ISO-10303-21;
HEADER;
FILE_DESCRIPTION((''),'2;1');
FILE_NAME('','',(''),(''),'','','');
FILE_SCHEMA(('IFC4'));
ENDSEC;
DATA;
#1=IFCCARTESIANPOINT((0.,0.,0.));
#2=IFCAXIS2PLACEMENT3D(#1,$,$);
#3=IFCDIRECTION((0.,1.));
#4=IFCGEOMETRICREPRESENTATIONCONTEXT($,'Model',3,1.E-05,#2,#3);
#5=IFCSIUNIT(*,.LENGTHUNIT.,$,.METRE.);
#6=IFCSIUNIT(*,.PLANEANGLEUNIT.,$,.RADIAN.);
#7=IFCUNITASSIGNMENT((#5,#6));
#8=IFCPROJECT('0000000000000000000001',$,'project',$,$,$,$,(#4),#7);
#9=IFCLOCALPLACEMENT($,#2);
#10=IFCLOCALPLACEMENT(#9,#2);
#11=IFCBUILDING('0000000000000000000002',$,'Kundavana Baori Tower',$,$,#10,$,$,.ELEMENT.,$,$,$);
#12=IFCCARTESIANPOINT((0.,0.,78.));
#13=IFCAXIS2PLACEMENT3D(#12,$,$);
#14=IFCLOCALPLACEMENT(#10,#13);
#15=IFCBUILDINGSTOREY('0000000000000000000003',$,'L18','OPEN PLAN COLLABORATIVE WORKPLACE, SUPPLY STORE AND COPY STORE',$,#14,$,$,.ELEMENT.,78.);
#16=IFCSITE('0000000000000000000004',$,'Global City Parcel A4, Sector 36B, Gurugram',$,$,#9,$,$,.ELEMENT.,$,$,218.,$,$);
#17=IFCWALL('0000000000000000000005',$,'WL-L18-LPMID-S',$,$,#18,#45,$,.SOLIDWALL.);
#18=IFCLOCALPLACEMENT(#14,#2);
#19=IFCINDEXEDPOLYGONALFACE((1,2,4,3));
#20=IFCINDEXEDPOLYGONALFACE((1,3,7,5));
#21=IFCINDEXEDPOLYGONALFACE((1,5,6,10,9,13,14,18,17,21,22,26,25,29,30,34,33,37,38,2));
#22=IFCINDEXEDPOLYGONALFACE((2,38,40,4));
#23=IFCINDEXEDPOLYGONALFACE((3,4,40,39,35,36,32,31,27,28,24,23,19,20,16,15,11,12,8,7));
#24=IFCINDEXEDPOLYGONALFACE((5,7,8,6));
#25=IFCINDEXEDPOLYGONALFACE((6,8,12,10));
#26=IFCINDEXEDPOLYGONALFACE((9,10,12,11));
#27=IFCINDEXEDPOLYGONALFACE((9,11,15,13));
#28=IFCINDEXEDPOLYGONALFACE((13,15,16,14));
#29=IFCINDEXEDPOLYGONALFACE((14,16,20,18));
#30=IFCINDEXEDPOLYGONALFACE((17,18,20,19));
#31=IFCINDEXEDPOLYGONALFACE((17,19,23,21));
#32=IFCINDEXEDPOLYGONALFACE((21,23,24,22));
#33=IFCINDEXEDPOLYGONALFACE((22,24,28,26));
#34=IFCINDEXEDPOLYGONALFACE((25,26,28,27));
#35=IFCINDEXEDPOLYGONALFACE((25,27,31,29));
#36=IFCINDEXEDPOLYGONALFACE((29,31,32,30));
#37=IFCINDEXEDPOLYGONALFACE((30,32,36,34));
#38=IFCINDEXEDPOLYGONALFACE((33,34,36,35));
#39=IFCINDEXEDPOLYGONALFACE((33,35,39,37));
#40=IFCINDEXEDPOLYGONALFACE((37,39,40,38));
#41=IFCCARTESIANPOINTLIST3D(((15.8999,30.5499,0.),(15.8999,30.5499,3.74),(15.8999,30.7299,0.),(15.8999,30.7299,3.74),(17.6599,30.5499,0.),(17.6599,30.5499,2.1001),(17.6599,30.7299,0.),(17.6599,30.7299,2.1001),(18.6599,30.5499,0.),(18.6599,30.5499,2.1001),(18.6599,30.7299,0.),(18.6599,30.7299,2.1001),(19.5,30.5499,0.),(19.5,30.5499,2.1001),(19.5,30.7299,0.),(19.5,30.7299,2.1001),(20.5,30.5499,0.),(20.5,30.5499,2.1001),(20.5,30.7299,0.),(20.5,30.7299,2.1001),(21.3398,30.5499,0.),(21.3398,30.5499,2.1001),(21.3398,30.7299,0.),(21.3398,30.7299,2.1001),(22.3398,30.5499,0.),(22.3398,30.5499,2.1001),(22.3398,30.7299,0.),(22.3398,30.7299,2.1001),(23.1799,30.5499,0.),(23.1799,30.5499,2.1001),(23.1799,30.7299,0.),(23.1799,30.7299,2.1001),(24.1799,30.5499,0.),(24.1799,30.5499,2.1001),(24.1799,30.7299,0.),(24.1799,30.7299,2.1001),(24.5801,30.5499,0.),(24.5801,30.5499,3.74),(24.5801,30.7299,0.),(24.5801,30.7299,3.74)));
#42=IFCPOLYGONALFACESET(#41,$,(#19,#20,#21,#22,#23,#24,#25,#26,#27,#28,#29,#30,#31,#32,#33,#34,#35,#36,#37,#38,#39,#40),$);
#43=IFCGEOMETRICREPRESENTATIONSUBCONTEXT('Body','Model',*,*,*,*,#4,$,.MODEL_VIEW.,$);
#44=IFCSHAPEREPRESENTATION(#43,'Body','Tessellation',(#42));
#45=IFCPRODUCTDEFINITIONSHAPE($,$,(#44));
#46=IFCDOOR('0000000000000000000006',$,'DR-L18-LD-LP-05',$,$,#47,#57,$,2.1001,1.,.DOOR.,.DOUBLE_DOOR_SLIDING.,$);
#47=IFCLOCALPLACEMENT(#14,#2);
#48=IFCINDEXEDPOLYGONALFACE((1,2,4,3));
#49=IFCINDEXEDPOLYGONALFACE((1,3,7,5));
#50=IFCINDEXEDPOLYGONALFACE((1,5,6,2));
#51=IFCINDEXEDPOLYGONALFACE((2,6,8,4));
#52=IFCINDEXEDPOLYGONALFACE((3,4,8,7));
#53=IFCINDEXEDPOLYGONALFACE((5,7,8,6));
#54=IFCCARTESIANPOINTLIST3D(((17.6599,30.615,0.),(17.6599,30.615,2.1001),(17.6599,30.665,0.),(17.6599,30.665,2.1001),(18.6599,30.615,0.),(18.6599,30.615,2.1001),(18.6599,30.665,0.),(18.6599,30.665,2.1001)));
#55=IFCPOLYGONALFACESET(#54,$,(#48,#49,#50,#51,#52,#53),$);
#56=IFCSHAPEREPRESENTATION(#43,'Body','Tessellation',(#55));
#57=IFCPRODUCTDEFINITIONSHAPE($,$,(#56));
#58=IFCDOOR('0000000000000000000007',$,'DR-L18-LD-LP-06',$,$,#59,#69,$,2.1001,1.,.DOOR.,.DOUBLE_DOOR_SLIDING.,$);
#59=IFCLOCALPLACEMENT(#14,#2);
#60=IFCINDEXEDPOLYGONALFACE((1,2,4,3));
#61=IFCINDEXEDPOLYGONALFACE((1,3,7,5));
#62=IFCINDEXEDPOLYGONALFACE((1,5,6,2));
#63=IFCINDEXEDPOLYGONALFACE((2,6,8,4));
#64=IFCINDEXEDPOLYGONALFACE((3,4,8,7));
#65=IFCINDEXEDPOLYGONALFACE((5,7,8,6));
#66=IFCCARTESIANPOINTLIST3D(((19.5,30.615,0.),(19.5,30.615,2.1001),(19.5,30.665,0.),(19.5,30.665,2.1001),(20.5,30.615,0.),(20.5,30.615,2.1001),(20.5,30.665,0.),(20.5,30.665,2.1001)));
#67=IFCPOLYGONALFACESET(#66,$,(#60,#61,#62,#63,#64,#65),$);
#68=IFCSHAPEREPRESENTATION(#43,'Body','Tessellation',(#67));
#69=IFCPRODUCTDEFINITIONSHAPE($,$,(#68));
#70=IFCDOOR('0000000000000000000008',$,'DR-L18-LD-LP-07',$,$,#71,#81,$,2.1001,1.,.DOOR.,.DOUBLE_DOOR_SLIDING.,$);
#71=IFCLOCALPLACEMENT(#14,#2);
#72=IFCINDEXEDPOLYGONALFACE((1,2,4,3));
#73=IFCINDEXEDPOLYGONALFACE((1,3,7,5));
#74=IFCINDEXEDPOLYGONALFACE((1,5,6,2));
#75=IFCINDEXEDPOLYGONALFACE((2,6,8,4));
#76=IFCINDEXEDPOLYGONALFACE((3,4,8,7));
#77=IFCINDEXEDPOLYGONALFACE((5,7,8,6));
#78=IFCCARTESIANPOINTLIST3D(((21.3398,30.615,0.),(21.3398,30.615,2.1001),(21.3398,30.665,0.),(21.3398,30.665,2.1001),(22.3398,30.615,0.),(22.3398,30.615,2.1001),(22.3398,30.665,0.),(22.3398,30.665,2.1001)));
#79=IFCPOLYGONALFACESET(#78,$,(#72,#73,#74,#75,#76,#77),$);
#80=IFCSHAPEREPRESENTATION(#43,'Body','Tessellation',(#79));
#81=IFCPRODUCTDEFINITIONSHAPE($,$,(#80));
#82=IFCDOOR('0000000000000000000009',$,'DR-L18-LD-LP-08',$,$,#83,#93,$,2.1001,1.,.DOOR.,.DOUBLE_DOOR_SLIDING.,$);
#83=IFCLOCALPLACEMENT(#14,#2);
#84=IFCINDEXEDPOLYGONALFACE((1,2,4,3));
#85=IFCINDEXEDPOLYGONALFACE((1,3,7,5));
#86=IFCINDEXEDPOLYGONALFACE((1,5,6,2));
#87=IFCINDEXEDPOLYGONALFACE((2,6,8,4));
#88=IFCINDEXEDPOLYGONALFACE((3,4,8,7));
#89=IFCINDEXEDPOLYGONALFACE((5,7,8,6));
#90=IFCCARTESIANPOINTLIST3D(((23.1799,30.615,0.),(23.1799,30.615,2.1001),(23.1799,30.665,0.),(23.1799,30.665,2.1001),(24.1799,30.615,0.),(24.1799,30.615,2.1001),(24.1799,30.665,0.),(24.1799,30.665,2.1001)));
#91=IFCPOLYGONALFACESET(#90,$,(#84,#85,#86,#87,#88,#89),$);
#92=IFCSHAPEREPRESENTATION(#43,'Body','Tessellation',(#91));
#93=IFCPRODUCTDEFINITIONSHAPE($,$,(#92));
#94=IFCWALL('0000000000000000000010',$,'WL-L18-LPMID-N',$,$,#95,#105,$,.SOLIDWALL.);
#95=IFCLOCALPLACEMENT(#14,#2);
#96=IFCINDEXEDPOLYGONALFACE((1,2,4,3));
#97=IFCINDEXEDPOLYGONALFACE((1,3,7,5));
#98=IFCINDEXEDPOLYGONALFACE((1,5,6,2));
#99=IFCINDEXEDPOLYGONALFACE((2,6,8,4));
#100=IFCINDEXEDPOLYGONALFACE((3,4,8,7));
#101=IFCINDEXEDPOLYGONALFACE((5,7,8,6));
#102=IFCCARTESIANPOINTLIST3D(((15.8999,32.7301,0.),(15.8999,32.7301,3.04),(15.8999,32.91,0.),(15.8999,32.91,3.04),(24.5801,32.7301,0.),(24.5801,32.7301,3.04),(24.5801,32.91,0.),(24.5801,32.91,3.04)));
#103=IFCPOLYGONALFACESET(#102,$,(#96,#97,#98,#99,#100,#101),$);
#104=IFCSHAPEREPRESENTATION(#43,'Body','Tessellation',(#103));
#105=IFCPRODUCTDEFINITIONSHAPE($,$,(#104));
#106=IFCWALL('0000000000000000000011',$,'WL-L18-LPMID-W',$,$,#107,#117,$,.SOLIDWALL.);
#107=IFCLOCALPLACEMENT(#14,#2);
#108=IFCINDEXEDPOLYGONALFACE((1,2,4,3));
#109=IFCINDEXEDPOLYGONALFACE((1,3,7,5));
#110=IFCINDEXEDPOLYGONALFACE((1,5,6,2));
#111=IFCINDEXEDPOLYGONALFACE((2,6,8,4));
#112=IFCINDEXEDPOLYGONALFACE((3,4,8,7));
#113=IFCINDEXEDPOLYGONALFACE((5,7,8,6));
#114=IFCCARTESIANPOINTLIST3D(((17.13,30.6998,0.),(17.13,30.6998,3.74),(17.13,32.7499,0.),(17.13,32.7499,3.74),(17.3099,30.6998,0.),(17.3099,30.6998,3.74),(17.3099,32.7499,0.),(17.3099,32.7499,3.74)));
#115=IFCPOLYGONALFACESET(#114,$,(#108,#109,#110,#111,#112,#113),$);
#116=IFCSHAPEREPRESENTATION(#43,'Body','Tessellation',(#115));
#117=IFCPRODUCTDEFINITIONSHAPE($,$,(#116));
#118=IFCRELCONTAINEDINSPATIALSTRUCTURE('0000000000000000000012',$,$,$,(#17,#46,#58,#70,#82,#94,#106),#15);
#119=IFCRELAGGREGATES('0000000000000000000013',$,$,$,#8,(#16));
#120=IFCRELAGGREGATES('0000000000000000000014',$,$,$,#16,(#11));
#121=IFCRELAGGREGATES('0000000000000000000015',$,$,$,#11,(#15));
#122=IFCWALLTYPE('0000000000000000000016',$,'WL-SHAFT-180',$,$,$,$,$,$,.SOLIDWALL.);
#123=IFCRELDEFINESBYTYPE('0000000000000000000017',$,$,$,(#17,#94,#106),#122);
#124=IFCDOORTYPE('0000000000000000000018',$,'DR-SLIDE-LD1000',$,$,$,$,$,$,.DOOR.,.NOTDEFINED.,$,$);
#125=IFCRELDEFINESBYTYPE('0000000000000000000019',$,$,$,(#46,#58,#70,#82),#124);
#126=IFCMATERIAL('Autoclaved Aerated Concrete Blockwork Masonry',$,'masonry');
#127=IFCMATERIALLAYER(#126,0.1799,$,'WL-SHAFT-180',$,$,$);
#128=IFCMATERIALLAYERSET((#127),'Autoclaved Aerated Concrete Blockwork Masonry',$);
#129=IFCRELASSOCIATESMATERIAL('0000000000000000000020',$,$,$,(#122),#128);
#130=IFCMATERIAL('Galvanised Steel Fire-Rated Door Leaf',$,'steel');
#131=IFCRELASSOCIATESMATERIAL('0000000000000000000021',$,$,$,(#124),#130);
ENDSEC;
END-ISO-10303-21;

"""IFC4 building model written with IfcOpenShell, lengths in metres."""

from ifc_helpers import new_model, si_unit, direction, frame, frame_2d, origin, place, context, subcontext, project, spatial, rectangle, extrude, material, layer, layer_set, type_object, element, fill, save


model = new_model("IFC4")

# Units and contexts
model_context = context("Model", 3, precision=1e-05, world=origin(), true_north=direction((0.0, 1.0)))
body_context = subcontext(model_context, "Body", "Model", "MODEL_VIEW")
ifc_project = project(units=[si_unit("LENGTHUNIT", "METRE"), si_unit("PLANEANGLEUNIT", "RADIAN")], contexts=[model_context])

# Site, building, storey
site_placement = place(None, origin())
site = spatial("IfcSite", under=ifc_project, at=site_placement, Name="Global City Parcel A4, Sector 36B, Gurugram", CompositionType="ELEMENT", RefElevation=218.0)
building_placement = place(site_placement, origin())
building = spatial("IfcBuilding", under=site, at=building_placement, Name="Kundavana Baori Tower", CompositionType="ELEMENT")
storey_placement = place(building_placement, frame((0.0, 0.0, 78.0)))
storey = spatial("IfcBuildingStorey", under=building, at=storey_placement, Name="L18", Description="OPEN PLAN COLLABORATIVE WORKPLACE, SUPPLY STORE AND COPY STORE", CompositionType="ELEMENT", Elevation=78.0)

# Shared definitions
ifc_material_1 = material(Name="Autoclaved Aerated Concrete Blockwork Masonry", Category="masonry")
ifc_layer_1 = layer(ifc_material_1, 0.1799, Name="WL-SHAFT-180")
ifc_layer_set_1 = layer_set([ifc_layer_1], Name="Autoclaved Aerated Concrete Blockwork Masonry")
wall_type_1 = type_object("IfcWallType", Name="WL-SHAFT-180", PredefinedType="SOLIDWALL", material=ifc_layer_set_1)
ifc_material_2 = material(Name="Galvanised Steel Fire-Rated Door Leaf", Category="steel")
door_type_1 = type_object("IfcDoorType", Name="DR-SLIDE-LD1000", OperationType="NOTDEFINED", PredefinedType="DOOR", material=ifc_material_2)

# Wall, openings, doors
wall_1_placement = place(storey_placement, frame((15.8999, 30.6399, 0.0), z_axis=(0.0, 0.0, 1.0), x_axis=(1.0, 0.0, 0.0)))
wall_1 = element("IfcWall", 1, at=wall_1_placement, inside=storey, type_object=wall_type_1, Name="WL-L18-LPMID-S", PredefinedType="SOLIDWALL", context=body_context, shape_type="SweptSolid", body=[
    extrude(rectangle(XDim=8.6802, YDim=0.1799, at=frame_2d((4.3401, 0.0))), origin(), (0.0, 0.0, 1.0), 3.74),
])
opening_1_placement = place(wall_1_placement, frame((1.76, 0.0, 0.0)))
opening_1 = element("IfcOpeningElement", 2, at=opening_1_placement, cuts=wall_1, PredefinedType="OPENING", context=body_context, shape_type="SweptSolid", body=[
    extrude(rectangle(XDim=1.0, YDim=2.1001, at=frame_2d((0.5, 1.05))), frame((0.0, 0.1001, 0.0), z_axis=(0.0, -1.0, 0.0), x_axis=(1.0, 0.0, 0.0)), (0.0, 0.0, 1.0), 0.2),
])
opening_2_placement = place(wall_1_placement, frame((3.6001, 0.0, 0.0)))
opening_2 = element("IfcOpeningElement", 3, at=opening_2_placement, cuts=wall_1, PredefinedType="OPENING", context=body_context, shape_type="SweptSolid", body=[
    extrude(rectangle(XDim=1.0, YDim=2.1001, at=frame_2d((0.5, 1.05))), frame((0.0, 0.1001, 0.0), z_axis=(0.0, -1.0, 0.0), x_axis=(1.0, 0.0, 0.0)), (0.0, 0.0, 1.0), 0.2),
])
opening_3_placement = place(wall_1_placement, frame((5.4399, 0.0, 0.0)))
opening_3 = element("IfcOpeningElement", 4, at=opening_3_placement, cuts=wall_1, PredefinedType="OPENING", context=body_context, shape_type="SweptSolid", body=[
    extrude(rectangle(XDim=1.0, YDim=2.1001, at=frame_2d((0.5, 1.05))), frame((0.0, 0.1001, 0.0), z_axis=(0.0, -1.0, 0.0), x_axis=(1.0, 0.0, 0.0)), (0.0, 0.0, 1.0), 0.2),
])
opening_4_placement = place(wall_1_placement, frame((7.28, 0.0, 0.0)))
opening_4 = element("IfcOpeningElement", 5, at=opening_4_placement, cuts=wall_1, PredefinedType="OPENING", context=body_context, shape_type="SweptSolid", body=[
    extrude(rectangle(XDim=1.0, YDim=2.1001, at=frame_2d((0.5, 1.05))), frame((0.0, 0.1001, 0.0), z_axis=(0.0, -1.0, 0.0), x_axis=(1.0, 0.0, 0.0)), (0.0, 0.0, 1.0), 0.2),
])
door_1_placement = place(opening_1_placement, frame((1.0, 0.0, 0.0), z_axis=(0.0, 0.0, 1.0), x_axis=(-1.0, 0.0, 0.0)))
door_1 = element("IfcDoor", 6, at=door_1_placement, inside=storey, type_object=door_type_1, Name="DR-L18-LD-LP-05", OperationType="DOUBLE_DOOR_SLIDING", OverallHeight=2.1001, OverallWidth=1.0, PredefinedType="DOOR", context=body_context, shape_type="SweptSolid", body=[
    extrude(rectangle(XDim=1.0, YDim=2.1001, at=frame_2d((0.5, 1.05))), frame((0.0, 0.0249, 0.0), z_axis=(0.0, -1.0, 0.0), x_axis=(1.0, 0.0, 0.0)), (0.0, 0.0, 1.0), 0.05),
])
fill(opening_1, door_1)
door_2_placement = place(opening_2_placement, frame((1.0, 0.0, 0.0), z_axis=(0.0, 0.0, 1.0), x_axis=(-1.0, 0.0, 0.0)))
door_2 = element("IfcDoor", 7, at=door_2_placement, inside=storey, type_object=door_type_1, Name="DR-L18-LD-LP-06", OperationType="DOUBLE_DOOR_SLIDING", OverallHeight=2.1001, OverallWidth=1.0, PredefinedType="DOOR", context=body_context, shape_type="SweptSolid", body=[
    extrude(rectangle(XDim=1.0, YDim=2.1001, at=frame_2d((0.5, 1.05))), frame((0.0, 0.0249, 0.0), z_axis=(0.0, -1.0, 0.0), x_axis=(1.0, 0.0, 0.0)), (0.0, 0.0, 1.0), 0.05),
])
fill(opening_2, door_2)
door_3_placement = place(opening_3_placement, frame((1.0, 0.0, 0.0), z_axis=(0.0, 0.0, 1.0), x_axis=(-1.0, 0.0, 0.0)))
door_3 = element("IfcDoor", 8, at=door_3_placement, inside=storey, type_object=door_type_1, Name="DR-L18-LD-LP-07", OperationType="DOUBLE_DOOR_SLIDING", OverallHeight=2.1001, OverallWidth=1.0, PredefinedType="DOOR", context=body_context, shape_type="SweptSolid", body=[
    extrude(rectangle(XDim=1.0, YDim=2.1001, at=frame_2d((0.5, 1.05))), frame((0.0, 0.0249, 0.0), z_axis=(0.0, -1.0, 0.0), x_axis=(1.0, 0.0, 0.0)), (0.0, 0.0, 1.0), 0.05),
])
fill(opening_3, door_3)
door_4_placement = place(opening_4_placement, frame((1.0, 0.0, 0.0), z_axis=(0.0, 0.0, 1.0), x_axis=(-1.0, 0.0, 0.0)))
door_4 = element("IfcDoor", 9, at=door_4_placement, inside=storey, type_object=door_type_1, Name="DR-L18-LD-LP-08", OperationType="DOUBLE_DOOR_SLIDING", OverallHeight=2.1001, OverallWidth=1.0, PredefinedType="DOOR", context=body_context, shape_type="SweptSolid", body=[
    extrude(rectangle(XDim=1.0, YDim=2.1001, at=frame_2d((0.5, 1.05))), frame((0.0, 0.0249, 0.0), z_axis=(0.0, -1.0, 0.0), x_axis=(1.0, 0.0, 0.0)), (0.0, 0.0, 1.0), 0.05),
])
fill(opening_4, door_4)

# Walls
wall_2_placement = place(storey_placement, frame((15.8999, 32.8201, 0.0), z_axis=(0.0, 0.0, 1.0), x_axis=(1.0, 0.0, 0.0)))
element("IfcWall", 10, at=wall_2_placement, inside=storey, type_object=wall_type_1, Name="WL-L18-LPMID-N", PredefinedType="SOLIDWALL", context=body_context, shape_type="SweptSolid", body=[
    extrude(rectangle(XDim=8.6802, YDim=0.1799, at=frame_2d((4.3401, 0.0))), origin(), (0.0, 0.0, 1.0), 3.04),
])
wall_3_placement = place(storey_placement, frame((17.22, 30.7, 0.0), z_axis=(0.0, 0.0, 1.0), x_axis=(0.0, 1.0, 0.0)))
element("IfcWall", 11, at=wall_3_placement, inside=storey, type_object=wall_type_1, Name="WL-L18-LPMID-W", PredefinedType="SOLIDWALL", context=body_context, shape_type="SweptSolid", body=[
    extrude(rectangle(XDim=2.05, YDim=0.1799, at=frame_2d((1.0249, 0.0))), origin(), (0.0, 0.0, 1.0), 3.74),
])

save(model, "model.ifc")
